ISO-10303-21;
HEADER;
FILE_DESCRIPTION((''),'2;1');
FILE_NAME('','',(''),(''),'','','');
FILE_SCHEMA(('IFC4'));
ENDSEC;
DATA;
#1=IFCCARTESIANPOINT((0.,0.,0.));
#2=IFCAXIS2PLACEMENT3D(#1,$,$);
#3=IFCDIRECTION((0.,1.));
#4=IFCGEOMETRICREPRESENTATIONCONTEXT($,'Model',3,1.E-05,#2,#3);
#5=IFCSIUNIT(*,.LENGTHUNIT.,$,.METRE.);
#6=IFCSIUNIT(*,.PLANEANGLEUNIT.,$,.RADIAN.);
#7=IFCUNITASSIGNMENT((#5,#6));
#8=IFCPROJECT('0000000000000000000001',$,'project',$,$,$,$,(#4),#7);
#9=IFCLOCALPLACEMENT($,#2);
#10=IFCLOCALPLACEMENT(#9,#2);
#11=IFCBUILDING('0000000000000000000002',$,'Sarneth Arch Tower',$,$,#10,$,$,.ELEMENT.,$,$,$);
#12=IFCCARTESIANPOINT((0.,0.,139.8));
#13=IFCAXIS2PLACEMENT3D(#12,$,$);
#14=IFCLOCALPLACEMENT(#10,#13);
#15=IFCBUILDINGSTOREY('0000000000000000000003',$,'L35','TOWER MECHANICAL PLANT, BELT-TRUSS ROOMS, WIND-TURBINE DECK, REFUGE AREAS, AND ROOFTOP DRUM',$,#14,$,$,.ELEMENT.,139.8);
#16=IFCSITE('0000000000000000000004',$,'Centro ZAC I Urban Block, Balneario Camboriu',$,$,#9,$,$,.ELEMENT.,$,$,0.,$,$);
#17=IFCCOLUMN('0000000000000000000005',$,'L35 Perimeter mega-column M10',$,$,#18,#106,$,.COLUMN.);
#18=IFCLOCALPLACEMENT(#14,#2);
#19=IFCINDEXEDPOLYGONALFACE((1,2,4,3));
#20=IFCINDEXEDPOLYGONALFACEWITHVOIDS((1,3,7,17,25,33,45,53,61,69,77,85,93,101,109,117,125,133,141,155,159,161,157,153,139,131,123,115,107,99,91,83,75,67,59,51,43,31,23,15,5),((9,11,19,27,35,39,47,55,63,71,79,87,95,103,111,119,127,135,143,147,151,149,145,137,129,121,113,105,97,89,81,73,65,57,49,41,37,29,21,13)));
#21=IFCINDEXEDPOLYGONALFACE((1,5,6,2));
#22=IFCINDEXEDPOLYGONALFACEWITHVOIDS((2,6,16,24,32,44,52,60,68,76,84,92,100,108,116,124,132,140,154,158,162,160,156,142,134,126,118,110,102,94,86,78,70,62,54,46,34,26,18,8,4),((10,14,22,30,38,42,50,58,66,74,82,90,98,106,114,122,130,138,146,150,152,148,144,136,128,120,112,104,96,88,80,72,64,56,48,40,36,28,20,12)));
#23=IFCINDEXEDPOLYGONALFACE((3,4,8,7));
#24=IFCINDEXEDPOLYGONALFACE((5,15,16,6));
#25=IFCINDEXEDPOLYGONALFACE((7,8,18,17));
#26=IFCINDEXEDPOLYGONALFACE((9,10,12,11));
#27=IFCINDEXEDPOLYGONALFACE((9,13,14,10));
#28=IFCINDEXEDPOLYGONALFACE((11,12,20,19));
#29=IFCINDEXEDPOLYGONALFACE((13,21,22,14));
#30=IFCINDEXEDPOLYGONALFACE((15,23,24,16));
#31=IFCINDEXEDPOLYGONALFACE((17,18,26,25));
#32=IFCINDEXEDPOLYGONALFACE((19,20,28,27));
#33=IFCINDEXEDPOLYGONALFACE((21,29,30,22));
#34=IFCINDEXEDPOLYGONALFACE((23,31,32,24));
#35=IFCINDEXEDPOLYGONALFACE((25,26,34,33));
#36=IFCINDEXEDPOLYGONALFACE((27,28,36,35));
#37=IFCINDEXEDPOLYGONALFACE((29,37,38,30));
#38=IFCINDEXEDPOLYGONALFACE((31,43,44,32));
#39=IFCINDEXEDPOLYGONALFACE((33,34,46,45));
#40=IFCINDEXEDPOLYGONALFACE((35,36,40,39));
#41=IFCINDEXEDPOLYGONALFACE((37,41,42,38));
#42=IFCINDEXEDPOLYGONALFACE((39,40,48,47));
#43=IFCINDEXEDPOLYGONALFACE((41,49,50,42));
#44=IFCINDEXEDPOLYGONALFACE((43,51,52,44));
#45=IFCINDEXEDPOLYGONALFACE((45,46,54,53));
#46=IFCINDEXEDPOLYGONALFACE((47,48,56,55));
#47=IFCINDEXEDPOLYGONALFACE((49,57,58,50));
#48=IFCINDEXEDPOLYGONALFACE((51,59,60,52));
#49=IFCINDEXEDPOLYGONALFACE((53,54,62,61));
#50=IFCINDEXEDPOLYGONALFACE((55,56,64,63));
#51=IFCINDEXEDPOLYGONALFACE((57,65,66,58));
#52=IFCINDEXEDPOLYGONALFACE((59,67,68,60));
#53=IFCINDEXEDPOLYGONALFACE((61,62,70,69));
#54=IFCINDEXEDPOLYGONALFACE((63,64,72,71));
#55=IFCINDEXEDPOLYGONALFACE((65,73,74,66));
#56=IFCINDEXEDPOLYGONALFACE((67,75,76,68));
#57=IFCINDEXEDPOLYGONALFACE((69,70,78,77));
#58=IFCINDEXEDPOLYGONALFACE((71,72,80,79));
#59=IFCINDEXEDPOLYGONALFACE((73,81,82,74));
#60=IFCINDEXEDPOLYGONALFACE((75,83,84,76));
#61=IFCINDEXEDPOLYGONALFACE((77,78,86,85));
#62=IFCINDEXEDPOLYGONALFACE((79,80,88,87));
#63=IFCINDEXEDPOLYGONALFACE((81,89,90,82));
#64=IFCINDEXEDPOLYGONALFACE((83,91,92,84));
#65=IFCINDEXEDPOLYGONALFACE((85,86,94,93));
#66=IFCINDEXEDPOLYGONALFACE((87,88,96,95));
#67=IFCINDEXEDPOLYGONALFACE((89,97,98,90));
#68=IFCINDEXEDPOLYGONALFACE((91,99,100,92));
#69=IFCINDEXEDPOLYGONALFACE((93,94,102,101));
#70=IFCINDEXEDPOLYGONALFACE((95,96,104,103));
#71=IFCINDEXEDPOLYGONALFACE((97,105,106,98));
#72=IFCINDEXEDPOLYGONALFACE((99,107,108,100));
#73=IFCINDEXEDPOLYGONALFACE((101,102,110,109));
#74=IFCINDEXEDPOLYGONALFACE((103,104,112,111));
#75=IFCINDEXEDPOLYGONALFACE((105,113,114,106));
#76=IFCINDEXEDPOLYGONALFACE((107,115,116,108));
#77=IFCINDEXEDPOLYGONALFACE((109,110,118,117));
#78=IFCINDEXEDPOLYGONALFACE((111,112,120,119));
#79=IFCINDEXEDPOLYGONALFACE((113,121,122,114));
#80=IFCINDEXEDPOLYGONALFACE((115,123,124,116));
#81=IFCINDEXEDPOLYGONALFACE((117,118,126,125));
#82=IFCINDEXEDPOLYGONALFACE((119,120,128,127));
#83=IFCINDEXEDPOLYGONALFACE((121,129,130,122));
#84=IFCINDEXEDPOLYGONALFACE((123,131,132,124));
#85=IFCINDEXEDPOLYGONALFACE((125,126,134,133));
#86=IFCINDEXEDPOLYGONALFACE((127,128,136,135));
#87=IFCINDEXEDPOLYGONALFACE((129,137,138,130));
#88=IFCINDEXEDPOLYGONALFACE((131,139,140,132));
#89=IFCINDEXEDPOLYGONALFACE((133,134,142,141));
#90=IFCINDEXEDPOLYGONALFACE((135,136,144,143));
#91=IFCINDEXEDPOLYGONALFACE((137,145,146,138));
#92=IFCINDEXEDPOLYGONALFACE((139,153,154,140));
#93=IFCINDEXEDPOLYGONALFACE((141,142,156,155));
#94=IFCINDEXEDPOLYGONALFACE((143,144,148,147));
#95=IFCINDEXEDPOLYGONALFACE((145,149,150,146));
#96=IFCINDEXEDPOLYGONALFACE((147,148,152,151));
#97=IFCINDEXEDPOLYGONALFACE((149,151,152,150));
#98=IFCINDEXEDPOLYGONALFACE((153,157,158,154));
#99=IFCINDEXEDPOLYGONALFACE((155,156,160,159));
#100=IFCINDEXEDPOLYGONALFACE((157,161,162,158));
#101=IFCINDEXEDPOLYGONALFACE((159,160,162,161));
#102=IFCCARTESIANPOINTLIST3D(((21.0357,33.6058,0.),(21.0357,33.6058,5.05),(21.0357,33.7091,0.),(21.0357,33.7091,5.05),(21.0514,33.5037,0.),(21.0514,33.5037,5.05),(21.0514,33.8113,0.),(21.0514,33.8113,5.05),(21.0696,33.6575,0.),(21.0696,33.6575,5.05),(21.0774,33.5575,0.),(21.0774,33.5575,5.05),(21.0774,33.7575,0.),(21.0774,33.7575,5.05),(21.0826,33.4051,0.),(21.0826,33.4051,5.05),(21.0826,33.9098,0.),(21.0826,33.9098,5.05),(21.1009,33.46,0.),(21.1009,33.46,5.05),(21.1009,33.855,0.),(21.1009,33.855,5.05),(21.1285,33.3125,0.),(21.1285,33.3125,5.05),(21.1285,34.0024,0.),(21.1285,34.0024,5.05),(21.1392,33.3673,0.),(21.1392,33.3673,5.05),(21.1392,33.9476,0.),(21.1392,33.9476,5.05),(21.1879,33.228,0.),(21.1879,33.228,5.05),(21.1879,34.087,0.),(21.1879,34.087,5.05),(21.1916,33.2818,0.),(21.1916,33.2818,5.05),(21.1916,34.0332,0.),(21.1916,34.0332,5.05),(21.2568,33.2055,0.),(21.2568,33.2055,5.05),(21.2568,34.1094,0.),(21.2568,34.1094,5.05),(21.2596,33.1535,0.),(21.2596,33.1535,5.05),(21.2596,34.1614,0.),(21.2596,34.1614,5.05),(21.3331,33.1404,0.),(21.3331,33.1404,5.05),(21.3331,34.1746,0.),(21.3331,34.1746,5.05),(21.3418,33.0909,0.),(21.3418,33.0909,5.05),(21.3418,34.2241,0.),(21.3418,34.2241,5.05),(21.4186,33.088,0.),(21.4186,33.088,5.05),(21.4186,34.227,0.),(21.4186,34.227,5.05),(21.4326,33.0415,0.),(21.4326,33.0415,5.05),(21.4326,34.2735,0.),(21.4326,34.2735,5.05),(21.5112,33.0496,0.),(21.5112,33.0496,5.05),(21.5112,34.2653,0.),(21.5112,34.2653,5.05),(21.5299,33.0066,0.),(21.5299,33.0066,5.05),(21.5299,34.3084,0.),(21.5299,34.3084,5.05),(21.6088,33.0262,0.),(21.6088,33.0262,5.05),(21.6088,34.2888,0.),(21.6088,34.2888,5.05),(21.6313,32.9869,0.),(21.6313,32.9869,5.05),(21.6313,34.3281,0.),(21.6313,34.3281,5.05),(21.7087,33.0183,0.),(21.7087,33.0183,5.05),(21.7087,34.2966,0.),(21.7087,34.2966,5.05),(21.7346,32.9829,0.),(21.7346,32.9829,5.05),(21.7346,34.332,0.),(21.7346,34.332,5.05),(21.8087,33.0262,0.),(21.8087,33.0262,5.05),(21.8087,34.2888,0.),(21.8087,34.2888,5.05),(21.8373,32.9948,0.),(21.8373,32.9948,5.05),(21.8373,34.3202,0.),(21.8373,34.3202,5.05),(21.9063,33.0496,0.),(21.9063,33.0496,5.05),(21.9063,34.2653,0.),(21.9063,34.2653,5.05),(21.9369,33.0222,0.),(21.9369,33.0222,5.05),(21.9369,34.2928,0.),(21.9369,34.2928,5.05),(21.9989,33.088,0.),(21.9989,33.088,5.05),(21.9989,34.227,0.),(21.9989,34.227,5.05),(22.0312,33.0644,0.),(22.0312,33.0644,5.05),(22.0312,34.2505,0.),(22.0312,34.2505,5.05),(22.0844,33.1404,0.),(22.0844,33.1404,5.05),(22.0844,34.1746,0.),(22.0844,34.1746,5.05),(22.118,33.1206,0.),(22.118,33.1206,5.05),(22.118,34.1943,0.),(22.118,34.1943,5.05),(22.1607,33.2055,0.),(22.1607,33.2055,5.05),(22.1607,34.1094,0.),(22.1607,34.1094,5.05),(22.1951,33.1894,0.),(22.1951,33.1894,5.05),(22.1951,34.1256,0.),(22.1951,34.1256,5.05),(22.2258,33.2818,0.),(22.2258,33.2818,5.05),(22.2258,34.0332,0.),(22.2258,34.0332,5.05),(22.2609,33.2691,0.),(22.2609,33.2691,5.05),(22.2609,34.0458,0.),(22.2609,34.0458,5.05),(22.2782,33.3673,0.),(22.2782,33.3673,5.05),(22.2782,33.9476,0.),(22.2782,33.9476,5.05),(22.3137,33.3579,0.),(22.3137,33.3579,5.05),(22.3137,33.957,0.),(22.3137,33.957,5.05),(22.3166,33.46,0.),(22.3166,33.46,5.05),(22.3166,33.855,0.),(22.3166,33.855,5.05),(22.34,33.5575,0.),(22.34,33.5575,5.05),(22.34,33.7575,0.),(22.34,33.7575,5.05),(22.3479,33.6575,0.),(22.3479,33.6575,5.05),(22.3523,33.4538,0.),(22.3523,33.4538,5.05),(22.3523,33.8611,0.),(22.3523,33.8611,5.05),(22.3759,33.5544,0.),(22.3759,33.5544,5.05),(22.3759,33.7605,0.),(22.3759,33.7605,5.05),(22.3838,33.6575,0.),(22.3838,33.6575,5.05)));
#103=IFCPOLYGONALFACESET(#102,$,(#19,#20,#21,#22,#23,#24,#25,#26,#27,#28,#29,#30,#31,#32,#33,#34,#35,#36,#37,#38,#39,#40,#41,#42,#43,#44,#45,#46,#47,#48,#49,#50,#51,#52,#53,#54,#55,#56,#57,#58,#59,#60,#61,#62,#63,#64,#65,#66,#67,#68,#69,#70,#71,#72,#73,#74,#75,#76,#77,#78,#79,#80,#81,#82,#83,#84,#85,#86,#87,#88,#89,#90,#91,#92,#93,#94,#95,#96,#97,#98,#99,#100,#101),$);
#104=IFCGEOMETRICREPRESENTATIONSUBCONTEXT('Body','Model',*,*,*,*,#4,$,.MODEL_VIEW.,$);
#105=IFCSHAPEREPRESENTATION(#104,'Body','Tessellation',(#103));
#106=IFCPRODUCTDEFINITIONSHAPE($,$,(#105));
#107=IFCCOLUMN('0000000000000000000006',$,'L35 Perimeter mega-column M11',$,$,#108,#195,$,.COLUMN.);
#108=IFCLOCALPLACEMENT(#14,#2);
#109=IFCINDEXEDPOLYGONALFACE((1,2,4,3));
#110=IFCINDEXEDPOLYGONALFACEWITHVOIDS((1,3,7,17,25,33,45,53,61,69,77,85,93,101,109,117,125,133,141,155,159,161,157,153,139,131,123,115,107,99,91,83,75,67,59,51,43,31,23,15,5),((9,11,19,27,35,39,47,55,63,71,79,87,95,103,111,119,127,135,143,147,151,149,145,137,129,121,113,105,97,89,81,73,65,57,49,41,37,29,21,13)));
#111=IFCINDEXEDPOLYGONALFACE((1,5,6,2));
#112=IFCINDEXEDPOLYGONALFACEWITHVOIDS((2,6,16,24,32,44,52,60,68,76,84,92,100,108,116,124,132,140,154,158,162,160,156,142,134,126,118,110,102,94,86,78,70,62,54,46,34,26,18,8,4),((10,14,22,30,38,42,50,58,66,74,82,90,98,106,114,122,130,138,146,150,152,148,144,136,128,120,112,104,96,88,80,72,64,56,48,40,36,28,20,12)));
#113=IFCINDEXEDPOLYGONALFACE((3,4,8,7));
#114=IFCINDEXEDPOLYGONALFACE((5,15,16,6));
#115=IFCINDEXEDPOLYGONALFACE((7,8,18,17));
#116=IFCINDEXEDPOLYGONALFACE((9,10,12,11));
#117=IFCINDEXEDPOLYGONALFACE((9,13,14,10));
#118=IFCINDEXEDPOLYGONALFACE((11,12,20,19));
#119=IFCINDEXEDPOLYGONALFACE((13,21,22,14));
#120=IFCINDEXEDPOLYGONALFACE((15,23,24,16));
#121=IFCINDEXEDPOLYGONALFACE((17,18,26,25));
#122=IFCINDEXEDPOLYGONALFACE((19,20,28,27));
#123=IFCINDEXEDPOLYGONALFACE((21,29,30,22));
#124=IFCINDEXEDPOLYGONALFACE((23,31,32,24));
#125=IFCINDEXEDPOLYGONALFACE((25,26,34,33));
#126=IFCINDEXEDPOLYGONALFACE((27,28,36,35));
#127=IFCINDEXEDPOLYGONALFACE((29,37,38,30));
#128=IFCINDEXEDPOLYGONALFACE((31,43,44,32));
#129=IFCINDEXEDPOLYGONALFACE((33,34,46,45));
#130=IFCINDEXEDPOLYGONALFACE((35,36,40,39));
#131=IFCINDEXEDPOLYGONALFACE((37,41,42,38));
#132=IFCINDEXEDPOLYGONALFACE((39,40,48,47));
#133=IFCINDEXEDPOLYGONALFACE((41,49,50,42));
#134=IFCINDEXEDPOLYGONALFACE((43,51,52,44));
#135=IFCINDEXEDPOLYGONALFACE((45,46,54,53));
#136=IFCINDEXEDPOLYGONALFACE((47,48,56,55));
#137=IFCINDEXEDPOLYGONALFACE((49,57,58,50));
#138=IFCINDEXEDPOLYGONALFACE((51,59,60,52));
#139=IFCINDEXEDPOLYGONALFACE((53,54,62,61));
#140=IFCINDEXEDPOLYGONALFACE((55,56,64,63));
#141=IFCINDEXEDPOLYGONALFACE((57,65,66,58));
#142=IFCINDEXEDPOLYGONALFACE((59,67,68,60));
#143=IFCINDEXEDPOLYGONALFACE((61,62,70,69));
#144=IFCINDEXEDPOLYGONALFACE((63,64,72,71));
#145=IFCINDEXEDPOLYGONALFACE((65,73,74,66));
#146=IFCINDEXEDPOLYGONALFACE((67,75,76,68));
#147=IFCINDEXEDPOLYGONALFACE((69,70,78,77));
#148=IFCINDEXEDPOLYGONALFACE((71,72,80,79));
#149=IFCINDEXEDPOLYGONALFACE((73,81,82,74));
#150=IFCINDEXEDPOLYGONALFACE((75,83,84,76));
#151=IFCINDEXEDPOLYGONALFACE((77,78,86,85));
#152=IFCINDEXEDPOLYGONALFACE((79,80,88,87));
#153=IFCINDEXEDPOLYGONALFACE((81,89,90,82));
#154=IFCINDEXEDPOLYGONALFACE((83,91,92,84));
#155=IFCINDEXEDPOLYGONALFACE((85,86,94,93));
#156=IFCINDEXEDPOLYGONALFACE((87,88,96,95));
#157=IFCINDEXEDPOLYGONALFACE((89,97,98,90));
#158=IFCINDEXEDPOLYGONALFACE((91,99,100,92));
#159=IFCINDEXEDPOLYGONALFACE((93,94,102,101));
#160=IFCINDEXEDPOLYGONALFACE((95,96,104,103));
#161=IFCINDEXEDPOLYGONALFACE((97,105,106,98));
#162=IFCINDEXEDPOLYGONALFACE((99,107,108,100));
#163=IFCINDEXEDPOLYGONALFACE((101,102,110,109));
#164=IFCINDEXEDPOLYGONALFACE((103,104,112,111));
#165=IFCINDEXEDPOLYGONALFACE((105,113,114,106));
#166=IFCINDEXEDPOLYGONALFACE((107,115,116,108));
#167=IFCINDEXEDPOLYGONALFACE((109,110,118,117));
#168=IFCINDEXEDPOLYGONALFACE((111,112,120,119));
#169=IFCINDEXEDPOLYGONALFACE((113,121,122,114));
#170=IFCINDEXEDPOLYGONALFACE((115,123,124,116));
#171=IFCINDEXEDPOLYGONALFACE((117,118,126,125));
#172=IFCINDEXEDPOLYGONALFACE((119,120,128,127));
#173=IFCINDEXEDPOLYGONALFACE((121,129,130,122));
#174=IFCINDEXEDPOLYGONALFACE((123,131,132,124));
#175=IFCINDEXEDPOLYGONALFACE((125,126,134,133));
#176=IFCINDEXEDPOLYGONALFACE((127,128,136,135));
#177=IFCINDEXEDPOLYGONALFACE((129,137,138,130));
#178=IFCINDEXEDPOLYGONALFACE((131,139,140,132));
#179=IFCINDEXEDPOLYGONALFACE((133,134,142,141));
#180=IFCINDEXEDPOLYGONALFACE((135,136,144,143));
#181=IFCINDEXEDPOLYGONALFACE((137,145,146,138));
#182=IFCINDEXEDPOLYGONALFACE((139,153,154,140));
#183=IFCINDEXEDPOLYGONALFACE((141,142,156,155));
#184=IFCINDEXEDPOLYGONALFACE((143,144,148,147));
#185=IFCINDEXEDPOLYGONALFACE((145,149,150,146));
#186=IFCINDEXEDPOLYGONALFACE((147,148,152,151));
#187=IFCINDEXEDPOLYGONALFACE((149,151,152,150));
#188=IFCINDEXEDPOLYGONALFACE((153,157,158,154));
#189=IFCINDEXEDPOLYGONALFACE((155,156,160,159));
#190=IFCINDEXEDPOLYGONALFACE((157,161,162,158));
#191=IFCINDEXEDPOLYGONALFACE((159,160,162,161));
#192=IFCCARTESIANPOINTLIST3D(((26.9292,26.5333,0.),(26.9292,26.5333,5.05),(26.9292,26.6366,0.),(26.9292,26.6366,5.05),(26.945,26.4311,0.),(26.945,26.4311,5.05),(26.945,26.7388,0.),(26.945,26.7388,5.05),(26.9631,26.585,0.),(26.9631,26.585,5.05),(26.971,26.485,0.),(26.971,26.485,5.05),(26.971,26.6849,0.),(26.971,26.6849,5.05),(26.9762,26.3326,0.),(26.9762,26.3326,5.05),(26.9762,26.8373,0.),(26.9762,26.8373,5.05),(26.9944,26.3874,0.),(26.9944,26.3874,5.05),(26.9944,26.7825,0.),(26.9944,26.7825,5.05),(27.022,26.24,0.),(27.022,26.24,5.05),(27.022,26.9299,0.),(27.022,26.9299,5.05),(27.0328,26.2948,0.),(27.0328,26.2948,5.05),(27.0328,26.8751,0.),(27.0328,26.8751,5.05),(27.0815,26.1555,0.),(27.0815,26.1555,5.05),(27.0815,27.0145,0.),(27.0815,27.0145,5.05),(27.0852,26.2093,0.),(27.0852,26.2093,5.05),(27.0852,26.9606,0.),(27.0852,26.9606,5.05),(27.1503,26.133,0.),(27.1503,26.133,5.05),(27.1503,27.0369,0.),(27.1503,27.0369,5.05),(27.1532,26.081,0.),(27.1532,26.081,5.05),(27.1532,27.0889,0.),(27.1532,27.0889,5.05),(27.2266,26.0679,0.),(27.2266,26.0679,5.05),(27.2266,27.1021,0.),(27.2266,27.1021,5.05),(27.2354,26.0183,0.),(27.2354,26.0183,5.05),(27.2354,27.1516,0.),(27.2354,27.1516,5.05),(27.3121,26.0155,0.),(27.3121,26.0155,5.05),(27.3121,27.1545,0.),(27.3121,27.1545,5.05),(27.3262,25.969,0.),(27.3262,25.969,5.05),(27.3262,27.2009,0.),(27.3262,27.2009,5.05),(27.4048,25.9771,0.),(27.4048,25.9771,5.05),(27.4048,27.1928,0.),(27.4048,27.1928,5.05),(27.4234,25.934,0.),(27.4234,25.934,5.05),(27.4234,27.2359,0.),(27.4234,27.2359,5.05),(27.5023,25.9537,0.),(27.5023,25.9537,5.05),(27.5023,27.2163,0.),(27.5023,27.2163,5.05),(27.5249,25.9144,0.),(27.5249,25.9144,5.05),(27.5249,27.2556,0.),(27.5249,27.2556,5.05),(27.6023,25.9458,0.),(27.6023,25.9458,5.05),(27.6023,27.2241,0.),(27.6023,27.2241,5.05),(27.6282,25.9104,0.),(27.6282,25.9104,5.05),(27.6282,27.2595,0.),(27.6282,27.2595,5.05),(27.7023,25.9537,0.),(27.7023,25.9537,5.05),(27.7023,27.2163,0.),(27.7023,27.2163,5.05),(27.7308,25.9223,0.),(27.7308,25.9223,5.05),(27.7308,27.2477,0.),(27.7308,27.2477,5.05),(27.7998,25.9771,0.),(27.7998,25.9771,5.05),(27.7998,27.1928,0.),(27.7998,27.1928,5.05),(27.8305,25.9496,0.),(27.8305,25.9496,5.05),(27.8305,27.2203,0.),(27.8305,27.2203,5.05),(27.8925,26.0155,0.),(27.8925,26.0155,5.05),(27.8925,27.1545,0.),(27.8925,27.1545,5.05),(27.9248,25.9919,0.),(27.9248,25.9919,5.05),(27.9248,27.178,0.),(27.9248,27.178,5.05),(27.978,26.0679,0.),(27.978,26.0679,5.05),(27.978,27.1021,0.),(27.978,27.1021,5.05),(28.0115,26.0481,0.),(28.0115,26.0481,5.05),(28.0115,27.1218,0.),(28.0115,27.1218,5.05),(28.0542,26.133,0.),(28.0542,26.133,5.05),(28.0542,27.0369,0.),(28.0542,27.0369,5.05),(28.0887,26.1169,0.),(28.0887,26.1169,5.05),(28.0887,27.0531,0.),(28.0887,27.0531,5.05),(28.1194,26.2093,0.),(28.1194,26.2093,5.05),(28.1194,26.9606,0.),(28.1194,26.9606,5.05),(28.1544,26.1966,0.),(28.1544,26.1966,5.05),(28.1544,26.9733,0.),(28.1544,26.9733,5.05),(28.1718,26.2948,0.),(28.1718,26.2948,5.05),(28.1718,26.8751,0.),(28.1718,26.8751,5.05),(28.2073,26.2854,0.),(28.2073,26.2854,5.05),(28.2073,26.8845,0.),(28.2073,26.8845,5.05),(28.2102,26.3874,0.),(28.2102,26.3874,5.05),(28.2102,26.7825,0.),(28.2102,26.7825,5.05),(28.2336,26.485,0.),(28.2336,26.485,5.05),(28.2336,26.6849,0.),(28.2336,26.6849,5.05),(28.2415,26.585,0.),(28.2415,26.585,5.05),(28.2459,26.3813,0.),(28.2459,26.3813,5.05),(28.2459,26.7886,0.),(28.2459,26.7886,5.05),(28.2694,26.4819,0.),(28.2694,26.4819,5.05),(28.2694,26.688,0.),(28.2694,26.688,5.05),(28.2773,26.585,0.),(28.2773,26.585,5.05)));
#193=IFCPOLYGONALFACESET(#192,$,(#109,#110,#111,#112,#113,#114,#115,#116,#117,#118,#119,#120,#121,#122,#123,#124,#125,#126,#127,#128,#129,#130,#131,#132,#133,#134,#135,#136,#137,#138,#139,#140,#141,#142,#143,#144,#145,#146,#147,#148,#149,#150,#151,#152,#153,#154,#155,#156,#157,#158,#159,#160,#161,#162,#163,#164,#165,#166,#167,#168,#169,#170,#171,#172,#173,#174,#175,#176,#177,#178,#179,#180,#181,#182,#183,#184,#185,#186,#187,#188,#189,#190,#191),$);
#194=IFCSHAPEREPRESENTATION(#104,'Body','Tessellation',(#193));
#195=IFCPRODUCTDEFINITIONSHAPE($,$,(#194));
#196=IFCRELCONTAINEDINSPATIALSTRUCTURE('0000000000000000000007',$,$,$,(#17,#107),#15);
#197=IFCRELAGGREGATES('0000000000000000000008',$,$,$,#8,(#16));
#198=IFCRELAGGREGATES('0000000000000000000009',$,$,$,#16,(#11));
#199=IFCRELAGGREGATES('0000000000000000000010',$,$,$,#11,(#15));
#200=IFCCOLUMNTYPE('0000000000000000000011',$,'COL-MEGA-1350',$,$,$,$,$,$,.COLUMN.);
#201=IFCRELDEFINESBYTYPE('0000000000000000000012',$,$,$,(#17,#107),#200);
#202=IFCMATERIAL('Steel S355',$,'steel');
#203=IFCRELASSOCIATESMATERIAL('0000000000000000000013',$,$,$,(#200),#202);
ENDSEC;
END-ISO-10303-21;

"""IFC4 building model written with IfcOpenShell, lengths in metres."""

from ifc_helpers import new_model, si_unit, direction, frame, origin, origin_2d, place, context, subcontext, project, spatial, hollow_circle, extrude, material, material_profile, profile_set, type_object, element, save


model = new_model("IFC4")

# Units and contexts
model_context = context("Model", 3, precision=1e-05, world=origin(), true_north=direction((0.0, 1.0)))
body_context = subcontext(model_context, "Body", "Model", "MODEL_VIEW")
ifc_project = project(units=[si_unit("LENGTHUNIT", "METRE"), si_unit("PLANEANGLEUNIT", "RADIAN")], contexts=[model_context])

# Site, building, storey
site_placement = place(None, origin())
site = spatial("IfcSite", under=ifc_project, at=site_placement, Name="Centro ZAC I Urban Block, Balneario Camboriu", CompositionType="ELEMENT", RefElevation=0.0)
building_placement = place(site_placement, origin())
building = spatial("IfcBuilding", under=site, at=building_placement, Name="Sarneth Arch Tower", CompositionType="ELEMENT")
storey_placement = place(building_placement, frame((0.0, 0.0, 139.8)))
storey = spatial("IfcBuildingStorey", under=building, at=storey_placement, Name="L35", Description="TOWER MECHANICAL PLANT, BELT-TRUSS ROOMS, WIND-TURBINE DECK, REFUGE AREAS, AND ROOFTOP DRUM", CompositionType="ELEMENT", Elevation=139.8)

# Columns
ifc_material_1 = material(Name="Steel S355", Category="steel")
ifc_material_profile_1 = material_profile(ifc_material_1, hollow_circle(Radius=0.675, WallThickness=0.0359, at=origin_2d()), Name="CHS1350x36")
ifc_profile_set_1 = profile_set([ifc_material_profile_1], Name="Steel S355")
column_type = type_object("IfcColumnType", Name="COL-MEGA-1350", PredefinedType="COLUMN", material=ifc_profile_set_1)
for number, where, z_axis, x_axis, name in (
    (1, (21.7087, 33.6575, 0.0), (0.0, 0.0, 1.0), (1.0, 0.0, 0.0), "L35 Perimeter mega-column M10"),
    (2, (27.6023, 26.585, 0.0), (0.0, 0.0, 1.0), (1.0, 0.0, 0.0), "L35 Perimeter mega-column M11"),
):
    element("IfcColumn", number, at=place(storey_placement, frame(where, z_axis=z_axis, x_axis=x_axis)), inside=storey, type_object=column_type, Name=name, PredefinedType="COLUMN", context=body_context, shape_type="SweptSolid", body=[
        extrude(hollow_circle(Radius=0.675, WallThickness=0.0359, at=origin_2d()), origin(), (0.0, 0.0, 1.0), 5.05),
    ])

save(model, "model.ifc")
